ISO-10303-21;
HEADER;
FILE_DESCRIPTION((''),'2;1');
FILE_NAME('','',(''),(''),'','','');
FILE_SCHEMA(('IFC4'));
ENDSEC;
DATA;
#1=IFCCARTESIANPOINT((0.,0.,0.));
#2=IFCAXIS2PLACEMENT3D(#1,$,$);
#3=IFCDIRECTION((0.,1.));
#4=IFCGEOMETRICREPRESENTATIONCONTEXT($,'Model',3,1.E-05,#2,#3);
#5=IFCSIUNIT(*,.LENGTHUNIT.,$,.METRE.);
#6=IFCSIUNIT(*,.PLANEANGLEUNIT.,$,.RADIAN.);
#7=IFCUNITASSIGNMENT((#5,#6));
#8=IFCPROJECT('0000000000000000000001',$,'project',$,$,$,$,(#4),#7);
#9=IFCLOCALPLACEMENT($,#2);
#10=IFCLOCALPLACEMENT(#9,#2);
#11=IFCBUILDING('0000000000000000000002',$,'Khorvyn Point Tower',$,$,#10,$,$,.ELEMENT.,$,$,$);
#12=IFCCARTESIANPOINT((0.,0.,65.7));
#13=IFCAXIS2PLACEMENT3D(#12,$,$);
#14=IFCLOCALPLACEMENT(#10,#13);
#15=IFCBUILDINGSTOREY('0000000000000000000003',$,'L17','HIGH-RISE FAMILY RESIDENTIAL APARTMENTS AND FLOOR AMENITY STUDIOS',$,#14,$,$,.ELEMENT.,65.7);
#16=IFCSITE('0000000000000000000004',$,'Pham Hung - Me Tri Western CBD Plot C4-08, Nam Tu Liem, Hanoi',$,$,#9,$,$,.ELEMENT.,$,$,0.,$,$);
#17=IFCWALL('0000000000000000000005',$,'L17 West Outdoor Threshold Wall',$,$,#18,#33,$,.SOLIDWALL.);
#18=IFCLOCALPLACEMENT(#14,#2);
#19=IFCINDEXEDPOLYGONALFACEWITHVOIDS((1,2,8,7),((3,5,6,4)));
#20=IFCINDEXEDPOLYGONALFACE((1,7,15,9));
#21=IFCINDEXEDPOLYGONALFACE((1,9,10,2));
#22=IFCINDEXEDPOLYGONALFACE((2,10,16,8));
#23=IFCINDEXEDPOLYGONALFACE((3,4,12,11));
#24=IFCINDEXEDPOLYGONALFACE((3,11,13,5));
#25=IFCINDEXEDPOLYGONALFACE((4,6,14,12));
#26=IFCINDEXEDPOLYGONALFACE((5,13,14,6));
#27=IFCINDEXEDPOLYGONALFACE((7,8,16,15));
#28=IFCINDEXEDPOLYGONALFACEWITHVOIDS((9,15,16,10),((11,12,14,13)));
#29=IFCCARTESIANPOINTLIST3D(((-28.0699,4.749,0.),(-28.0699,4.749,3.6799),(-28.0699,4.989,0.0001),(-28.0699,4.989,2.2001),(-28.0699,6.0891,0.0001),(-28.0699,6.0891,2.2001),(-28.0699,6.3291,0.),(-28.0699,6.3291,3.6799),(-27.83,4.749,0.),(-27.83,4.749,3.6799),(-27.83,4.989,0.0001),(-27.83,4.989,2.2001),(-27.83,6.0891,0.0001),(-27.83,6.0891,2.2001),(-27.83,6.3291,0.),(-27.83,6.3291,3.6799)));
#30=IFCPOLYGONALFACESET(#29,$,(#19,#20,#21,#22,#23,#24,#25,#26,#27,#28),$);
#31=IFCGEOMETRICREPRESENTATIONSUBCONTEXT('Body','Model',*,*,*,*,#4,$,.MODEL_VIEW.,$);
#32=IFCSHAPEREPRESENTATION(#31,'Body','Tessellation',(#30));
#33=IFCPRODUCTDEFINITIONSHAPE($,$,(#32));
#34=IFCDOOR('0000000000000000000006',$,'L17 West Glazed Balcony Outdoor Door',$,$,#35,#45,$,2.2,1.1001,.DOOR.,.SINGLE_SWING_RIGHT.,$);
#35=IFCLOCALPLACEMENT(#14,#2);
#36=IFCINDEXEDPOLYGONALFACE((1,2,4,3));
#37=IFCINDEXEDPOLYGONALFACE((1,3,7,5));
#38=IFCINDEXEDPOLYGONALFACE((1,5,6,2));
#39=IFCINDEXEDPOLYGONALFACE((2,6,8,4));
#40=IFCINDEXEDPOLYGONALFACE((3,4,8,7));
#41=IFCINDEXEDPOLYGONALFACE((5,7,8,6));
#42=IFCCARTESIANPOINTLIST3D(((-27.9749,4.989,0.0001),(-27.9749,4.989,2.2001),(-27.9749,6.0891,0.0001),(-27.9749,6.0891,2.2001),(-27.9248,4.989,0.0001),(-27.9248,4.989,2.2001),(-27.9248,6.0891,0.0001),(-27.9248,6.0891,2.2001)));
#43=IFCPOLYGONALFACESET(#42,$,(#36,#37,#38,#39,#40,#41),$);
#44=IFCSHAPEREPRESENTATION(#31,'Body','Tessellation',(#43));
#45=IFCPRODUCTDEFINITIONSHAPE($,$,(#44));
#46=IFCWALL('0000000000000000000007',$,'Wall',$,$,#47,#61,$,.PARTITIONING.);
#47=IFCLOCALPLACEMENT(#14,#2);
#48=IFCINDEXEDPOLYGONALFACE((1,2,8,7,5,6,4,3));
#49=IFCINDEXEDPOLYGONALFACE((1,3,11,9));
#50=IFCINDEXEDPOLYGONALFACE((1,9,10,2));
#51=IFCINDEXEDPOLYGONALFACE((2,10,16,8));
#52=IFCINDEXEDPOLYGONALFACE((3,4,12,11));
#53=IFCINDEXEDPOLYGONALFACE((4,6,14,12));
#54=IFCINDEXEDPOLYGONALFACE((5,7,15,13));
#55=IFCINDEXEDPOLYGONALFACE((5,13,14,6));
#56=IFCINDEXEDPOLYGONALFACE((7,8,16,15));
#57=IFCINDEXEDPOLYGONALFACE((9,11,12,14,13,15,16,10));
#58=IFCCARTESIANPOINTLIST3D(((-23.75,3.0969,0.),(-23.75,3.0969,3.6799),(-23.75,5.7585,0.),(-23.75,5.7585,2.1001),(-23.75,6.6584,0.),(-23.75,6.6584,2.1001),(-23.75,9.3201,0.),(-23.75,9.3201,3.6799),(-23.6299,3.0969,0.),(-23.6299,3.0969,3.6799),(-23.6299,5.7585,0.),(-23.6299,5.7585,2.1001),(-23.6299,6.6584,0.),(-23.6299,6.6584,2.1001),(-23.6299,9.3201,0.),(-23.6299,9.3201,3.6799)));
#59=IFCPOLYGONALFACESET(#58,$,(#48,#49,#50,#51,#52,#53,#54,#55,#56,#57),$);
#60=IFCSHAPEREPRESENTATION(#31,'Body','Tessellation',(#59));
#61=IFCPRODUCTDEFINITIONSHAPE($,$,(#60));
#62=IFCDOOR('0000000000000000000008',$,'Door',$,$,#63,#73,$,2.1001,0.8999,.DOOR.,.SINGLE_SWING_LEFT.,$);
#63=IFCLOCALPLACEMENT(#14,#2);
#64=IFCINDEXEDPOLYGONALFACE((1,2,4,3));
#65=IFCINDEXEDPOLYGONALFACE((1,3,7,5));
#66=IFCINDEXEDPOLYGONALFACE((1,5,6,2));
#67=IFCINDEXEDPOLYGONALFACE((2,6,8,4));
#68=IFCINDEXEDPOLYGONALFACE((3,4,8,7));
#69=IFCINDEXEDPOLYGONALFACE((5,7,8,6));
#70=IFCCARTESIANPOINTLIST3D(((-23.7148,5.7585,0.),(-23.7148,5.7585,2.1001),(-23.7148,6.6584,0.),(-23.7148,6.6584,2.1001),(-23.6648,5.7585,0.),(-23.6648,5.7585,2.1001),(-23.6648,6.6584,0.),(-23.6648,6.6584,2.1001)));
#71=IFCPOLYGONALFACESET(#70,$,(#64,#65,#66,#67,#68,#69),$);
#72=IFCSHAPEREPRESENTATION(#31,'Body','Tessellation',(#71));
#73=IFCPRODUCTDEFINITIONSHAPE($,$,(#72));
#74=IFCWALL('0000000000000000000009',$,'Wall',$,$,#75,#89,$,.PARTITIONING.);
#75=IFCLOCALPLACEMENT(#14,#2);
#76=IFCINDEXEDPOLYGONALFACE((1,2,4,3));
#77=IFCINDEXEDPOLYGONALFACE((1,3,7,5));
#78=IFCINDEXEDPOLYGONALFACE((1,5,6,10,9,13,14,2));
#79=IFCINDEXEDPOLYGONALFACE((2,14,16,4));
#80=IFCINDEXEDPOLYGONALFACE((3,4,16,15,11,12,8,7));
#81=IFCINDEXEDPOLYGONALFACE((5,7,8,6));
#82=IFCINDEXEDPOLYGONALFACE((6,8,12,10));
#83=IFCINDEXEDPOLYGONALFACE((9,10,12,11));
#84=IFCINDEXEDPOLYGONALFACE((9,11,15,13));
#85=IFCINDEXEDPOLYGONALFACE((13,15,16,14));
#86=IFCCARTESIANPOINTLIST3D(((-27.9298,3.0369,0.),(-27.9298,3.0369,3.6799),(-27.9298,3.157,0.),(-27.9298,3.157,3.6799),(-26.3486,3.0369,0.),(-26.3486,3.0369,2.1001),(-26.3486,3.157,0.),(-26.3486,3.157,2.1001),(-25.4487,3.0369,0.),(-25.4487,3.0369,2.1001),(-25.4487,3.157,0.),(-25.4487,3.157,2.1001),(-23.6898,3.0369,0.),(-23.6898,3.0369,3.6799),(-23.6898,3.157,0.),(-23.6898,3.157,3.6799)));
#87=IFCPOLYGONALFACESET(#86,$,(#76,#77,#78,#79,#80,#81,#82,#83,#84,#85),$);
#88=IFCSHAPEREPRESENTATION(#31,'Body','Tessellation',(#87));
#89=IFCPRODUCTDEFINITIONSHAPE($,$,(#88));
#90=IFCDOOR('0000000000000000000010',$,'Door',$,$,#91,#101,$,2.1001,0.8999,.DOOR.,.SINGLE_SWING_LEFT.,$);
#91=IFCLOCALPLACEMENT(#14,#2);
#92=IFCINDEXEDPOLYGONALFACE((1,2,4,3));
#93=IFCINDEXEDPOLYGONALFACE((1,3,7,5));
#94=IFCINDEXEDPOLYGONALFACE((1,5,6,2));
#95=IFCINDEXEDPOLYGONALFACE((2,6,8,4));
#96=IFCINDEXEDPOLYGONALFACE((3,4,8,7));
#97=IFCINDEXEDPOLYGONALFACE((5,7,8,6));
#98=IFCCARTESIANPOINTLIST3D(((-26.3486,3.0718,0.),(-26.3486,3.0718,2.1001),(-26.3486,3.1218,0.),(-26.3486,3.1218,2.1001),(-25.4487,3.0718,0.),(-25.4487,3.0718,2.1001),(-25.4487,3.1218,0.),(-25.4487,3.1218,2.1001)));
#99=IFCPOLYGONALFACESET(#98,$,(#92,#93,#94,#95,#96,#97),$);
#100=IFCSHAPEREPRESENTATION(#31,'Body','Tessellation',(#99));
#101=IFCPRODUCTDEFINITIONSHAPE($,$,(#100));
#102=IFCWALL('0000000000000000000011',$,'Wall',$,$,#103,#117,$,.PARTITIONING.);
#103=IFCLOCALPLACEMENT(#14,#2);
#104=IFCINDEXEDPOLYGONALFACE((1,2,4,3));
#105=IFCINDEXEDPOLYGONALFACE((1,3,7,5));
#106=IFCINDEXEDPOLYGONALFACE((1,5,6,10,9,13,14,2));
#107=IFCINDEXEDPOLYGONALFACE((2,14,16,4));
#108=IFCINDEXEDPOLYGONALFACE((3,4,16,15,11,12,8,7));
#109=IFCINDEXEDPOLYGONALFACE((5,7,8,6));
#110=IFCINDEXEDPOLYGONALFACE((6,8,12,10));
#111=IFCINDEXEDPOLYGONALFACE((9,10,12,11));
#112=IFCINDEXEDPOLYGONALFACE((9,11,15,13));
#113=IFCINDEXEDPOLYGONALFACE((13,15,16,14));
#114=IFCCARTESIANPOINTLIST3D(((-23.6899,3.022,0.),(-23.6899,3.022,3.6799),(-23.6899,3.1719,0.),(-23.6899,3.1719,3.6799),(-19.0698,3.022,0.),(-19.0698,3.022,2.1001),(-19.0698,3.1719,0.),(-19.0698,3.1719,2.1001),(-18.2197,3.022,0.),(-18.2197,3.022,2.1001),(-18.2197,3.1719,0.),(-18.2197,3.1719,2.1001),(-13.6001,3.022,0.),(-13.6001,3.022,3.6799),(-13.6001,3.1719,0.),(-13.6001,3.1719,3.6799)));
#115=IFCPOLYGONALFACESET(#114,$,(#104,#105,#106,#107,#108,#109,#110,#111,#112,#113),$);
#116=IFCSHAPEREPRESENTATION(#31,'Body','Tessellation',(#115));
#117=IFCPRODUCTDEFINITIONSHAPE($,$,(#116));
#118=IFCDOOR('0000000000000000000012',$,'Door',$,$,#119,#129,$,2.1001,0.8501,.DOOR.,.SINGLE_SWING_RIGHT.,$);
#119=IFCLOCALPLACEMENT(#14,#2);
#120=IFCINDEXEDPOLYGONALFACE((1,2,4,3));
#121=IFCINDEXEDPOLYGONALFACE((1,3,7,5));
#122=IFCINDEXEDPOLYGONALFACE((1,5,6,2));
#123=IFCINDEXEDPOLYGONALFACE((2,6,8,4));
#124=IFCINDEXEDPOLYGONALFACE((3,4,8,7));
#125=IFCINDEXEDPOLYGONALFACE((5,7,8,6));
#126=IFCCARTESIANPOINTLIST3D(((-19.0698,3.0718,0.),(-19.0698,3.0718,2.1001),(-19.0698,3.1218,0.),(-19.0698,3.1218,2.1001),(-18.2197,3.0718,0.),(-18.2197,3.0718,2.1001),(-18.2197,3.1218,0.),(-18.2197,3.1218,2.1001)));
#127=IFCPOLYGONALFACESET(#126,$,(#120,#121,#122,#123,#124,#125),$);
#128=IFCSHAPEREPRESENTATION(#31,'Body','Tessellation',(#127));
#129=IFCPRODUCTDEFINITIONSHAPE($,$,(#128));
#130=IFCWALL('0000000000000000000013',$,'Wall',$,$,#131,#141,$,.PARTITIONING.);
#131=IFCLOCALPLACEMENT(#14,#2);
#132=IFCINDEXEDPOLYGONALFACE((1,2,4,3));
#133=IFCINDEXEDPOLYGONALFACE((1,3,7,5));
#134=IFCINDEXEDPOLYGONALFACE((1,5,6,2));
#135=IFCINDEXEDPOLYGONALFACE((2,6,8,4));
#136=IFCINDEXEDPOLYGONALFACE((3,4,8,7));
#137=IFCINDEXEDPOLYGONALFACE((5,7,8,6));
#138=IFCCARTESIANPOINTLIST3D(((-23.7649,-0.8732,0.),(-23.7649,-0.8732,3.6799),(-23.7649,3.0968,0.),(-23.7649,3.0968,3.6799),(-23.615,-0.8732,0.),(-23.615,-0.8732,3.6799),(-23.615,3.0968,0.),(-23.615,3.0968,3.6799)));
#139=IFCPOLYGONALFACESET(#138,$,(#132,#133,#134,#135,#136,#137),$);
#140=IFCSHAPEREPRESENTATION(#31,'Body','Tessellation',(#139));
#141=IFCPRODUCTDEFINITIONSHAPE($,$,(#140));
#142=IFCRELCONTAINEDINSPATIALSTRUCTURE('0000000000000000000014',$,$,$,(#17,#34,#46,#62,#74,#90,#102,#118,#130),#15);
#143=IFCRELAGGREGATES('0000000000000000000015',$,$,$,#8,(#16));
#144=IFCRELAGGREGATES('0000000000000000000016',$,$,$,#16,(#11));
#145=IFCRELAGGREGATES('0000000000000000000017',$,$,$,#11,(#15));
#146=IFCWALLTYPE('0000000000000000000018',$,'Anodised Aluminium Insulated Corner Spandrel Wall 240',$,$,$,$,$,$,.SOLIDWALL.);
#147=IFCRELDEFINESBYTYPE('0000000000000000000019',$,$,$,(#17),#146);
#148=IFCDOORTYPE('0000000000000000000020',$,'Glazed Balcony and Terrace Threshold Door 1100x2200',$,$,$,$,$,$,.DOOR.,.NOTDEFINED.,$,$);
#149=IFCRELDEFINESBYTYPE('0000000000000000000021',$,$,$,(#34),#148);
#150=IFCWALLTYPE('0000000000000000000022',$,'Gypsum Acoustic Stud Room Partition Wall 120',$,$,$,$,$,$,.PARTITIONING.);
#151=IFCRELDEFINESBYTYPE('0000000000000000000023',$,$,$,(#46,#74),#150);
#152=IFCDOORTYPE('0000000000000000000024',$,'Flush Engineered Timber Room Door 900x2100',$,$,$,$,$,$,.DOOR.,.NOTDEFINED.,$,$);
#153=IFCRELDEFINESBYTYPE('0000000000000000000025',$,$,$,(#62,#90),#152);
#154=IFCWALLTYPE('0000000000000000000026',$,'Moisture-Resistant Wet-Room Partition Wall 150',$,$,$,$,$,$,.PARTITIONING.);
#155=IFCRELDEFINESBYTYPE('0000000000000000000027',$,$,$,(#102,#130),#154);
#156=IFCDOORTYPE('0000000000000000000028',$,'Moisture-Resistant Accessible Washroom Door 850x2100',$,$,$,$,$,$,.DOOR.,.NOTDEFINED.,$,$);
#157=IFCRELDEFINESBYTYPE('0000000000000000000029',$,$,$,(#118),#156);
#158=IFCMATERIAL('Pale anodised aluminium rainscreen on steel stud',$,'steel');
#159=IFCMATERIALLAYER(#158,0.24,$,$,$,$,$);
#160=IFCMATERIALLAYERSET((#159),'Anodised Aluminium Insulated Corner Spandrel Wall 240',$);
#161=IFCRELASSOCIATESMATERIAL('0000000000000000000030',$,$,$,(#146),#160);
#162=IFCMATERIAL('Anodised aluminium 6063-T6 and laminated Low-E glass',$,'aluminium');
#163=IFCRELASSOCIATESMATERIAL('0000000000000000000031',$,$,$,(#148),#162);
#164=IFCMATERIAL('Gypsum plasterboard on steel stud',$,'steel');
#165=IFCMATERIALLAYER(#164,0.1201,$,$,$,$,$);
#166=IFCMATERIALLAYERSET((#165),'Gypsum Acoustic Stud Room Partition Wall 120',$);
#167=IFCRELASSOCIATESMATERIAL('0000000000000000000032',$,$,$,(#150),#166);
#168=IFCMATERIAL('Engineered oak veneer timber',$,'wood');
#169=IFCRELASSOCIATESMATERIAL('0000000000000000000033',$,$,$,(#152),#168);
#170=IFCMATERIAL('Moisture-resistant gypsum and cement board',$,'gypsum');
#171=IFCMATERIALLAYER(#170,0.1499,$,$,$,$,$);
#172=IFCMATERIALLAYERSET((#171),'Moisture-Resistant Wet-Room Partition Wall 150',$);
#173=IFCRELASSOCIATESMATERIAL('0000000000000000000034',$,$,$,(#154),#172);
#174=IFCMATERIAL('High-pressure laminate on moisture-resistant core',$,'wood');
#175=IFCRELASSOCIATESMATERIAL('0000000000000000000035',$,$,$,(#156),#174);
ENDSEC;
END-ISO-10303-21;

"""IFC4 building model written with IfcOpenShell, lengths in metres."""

from ifc_helpers import new_model, si_unit, direction, frame, frame_2d, origin, place, context, subcontext, project, spatial, rectangle, extrude, material, layer, layer_set, type_object, element, fill, save


model = new_model("IFC4")

# Units and contexts
model_context = context("Model", 3, precision=1e-05, world=origin(), true_north=direction((0.0, 1.0)))
body_context = subcontext(model_context, "Body", "Model", "MODEL_VIEW")
ifc_project = project(units=[si_unit("LENGTHUNIT", "METRE"), si_unit("PLANEANGLEUNIT", "RADIAN")], contexts=[model_context])

# Site, building, storey
site_placement = place(None, origin())
site = spatial("IfcSite", under=ifc_project, at=site_placement, Name="Pham Hung - Me Tri Western CBD Plot C4-08, Nam Tu Liem, Hanoi", CompositionType="ELEMENT", RefElevation=0.0)
building_placement = place(site_placement, origin())
building = spatial("IfcBuilding", under=site, at=building_placement, Name="Khorvyn Point Tower", CompositionType="ELEMENT")
storey_placement = place(building_placement, frame((0.0, 0.0, 65.7)))
storey = spatial("IfcBuildingStorey", under=building, at=storey_placement, Name="L17", Description="HIGH-RISE FAMILY RESIDENTIAL APARTMENTS AND FLOOR AMENITY STUDIOS", CompositionType="ELEMENT", Elevation=65.7)

# Shared definitions
ifc_material_1 = material(Name="Anodised aluminium 6063-T6 and laminated Low-E glass", Category="aluminium")

# Walls, openings, doors
ifc_material_2 = material(Name="Pale anodised aluminium rainscreen on steel stud", Category="steel")
ifc_layer_1 = layer(ifc_material_2, 0.24)
ifc_layer_set_1 = layer_set([ifc_layer_1], Name="Anodised Aluminium Insulated Corner Spandrel Wall 240")
wall_type_1 = type_object("IfcWallType", Name="Anodised Aluminium Insulated Corner Spandrel Wall 240", PredefinedType="SOLIDWALL", material=ifc_layer_set_1)
wall_1_placement = place(storey_placement, frame((-27.95, 4.749, 0.0), z_axis=(0.0, 0.0, 1.0), x_axis=(0.0, 1.0, 0.0)))
wall_1 = element("IfcWall", 1, at=wall_1_placement, inside=storey, type_object=wall_type_1, Name="L17 West Outdoor Threshold Wall", PredefinedType="SOLIDWALL", context=body_context, shape_type="SweptSolid", body=[
    extrude(rectangle(XDim=1.5801, YDim=0.24, at=frame_2d((0.79, 0.0))), origin(), (0.0, 0.0, 1.0), 3.6799),
])
opening_1_placement = place(wall_1_placement, frame((0.24, 0.0, 0.0)))
opening_1 = element("IfcOpeningElement", 2, at=opening_1_placement, cuts=wall_1, PredefinedType="OPENING", context=body_context, shape_type="SweptSolid", body=[
    extrude(rectangle(XDim=1.1001, YDim=2.2, at=frame_2d((0.55, 1.1001))), frame((0.0, 0.1299, 0.0), z_axis=(0.0, -1.0, 0.0), x_axis=(1.0, 0.0, 0.0)), (0.0, 0.0, 1.0), 0.26),
])
door_type_1 = type_object("IfcDoorType", Name="Glazed Balcony and Terrace Threshold Door 1100x2200", OperationType="NOTDEFINED", PredefinedType="DOOR", material=ifc_material_1)
door_1_placement = place(opening_1_placement, origin())
door_1 = element("IfcDoor", 3, at=door_1_placement, inside=storey, type_object=door_type_1, Name="L17 West Glazed Balcony Outdoor Door", OperationType="SINGLE_SWING_RIGHT", OverallHeight=2.2, OverallWidth=1.1001, PredefinedType="DOOR", context=body_context, shape_type="SweptSolid", body=[
    extrude(rectangle(XDim=1.1001, YDim=2.2, at=frame_2d((0.55, 1.1001))), frame((0.0, 0.0249, 0.0), z_axis=(0.0, -1.0, 0.0), x_axis=(1.0, 0.0, 0.0)), (0.0, 0.0, 1.0), 0.05),
])
fill(opening_1, door_1)
ifc_material_3 = material(Name="Gypsum plasterboard on steel stud", Category="steel")
ifc_layer_2 = layer(ifc_material_3, 0.1201)
ifc_layer_set_2 = layer_set([ifc_layer_2], Name="Gypsum Acoustic Stud Room Partition Wall 120")
wall_type_2 = type_object("IfcWallType", Name="Gypsum Acoustic Stud Room Partition Wall 120", PredefinedType="PARTITIONING", material=ifc_layer_set_2)
wall_2_placement = place(storey_placement, frame((-23.6899, 3.0969, 0.0), z_axis=(0.0, 0.0, 1.0), x_axis=(0.0, 1.0, 0.0)))
wall_2 = element("IfcWall", 4, at=wall_2_placement, inside=storey, type_object=wall_type_2, Name="Wall", PredefinedType="PARTITIONING", context=body_context, shape_type="SweptSolid", body=[
    extrude(rectangle(XDim=6.2231, YDim=0.1201, at=frame_2d((3.1116, 0.0))), origin(), (0.0, 0.0, 1.0), 3.6799),
])
opening_2_placement = place(wall_2_placement, frame((2.6616, 0.0, 0.0)))
opening_2 = element("IfcOpeningElement", 5, at=opening_2_placement, cuts=wall_2, PredefinedType="OPENING", context=body_context, shape_type="SweptSolid", body=[
    extrude(rectangle(XDim=0.8999, YDim=2.1001, at=frame_2d((0.45, 1.05))), frame((0.0, 0.0701, 0.0), z_axis=(0.0, -1.0, 0.0), x_axis=(1.0, 0.0, 0.0)), (0.0, 0.0, 1.0), 0.1401),
])
ifc_material_4 = material(Name="Engineered oak veneer timber", Category="wood")
door_type_2 = type_object("IfcDoorType", Name="Flush Engineered Timber Room Door 900x2100", OperationType="NOTDEFINED", PredefinedType="DOOR", material=ifc_material_4)
door_2_placement = place(opening_2_placement, origin())
door_2 = element("IfcDoor", 6, at=door_2_placement, inside=storey, type_object=door_type_2, Name="Door", OperationType="SINGLE_SWING_LEFT", OverallHeight=2.1001, OverallWidth=0.8999, PredefinedType="DOOR", context=body_context, shape_type="SweptSolid", body=[
    extrude(rectangle(XDim=0.8999, YDim=2.1001, at=frame_2d((0.45, 1.05))), frame((0.0, 0.0249, 0.0), z_axis=(0.0, -1.0, 0.0), x_axis=(1.0, 0.0, 0.0)), (0.0, 0.0, 1.0), 0.05),
])
fill(opening_2, door_2)
wall_3_placement = place(storey_placement, frame((-27.9299, 3.0969, 0.0), z_axis=(0.0, 0.0, 1.0), x_axis=(1.0, 0.0, 0.0)))
wall_3 = element("IfcWall", 7, at=wall_3_placement, inside=storey, type_object=wall_type_2, Name="Wall", PredefinedType="PARTITIONING", context=body_context, shape_type="SweptSolid", body=[
    extrude(rectangle(XDim=4.24, YDim=0.1201, at=frame_2d((2.1201, 0.0))), origin(), (0.0, 0.0, 1.0), 3.6799),
])
opening_3_placement = place(wall_3_placement, frame((1.5813, 0.0, 0.0)))
opening_3 = element("IfcOpeningElement", 8, at=opening_3_placement, cuts=wall_3, PredefinedType="OPENING", context=body_context, shape_type="SweptSolid", body=[
    extrude(rectangle(XDim=0.8999, YDim=2.1001, at=frame_2d((0.45, 1.05))), frame((0.0, 0.0701, 0.0), z_axis=(0.0, -1.0, 0.0), x_axis=(1.0, 0.0, 0.0)), (0.0, 0.0, 1.0), 0.1401),
])
door_3_placement = place(opening_3_placement, origin())
door_3 = element("IfcDoor", 9, at=door_3_placement, inside=storey, type_object=door_type_2, Name="Door", OperationType="SINGLE_SWING_LEFT", OverallHeight=2.1001, OverallWidth=0.8999, PredefinedType="DOOR", context=body_context, shape_type="SweptSolid", body=[
    extrude(rectangle(XDim=0.8999, YDim=2.1001, at=frame_2d((0.45, 1.05))), frame((0.0, 0.0249, 0.0), z_axis=(0.0, -1.0, 0.0), x_axis=(1.0, 0.0, 0.0)), (0.0, 0.0, 1.0), 0.05),
])
fill(opening_3, door_3)
ifc_material_5 = material(Name="Moisture-resistant gypsum and cement board", Category="gypsum")
ifc_layer_3 = layer(ifc_material_5, 0.1499)
ifc_layer_set_3 = layer_set([ifc_layer_3], Name="Moisture-Resistant Wet-Room Partition Wall 150")
wall_type_3 = type_object("IfcWallType", Name="Moisture-Resistant Wet-Room Partition Wall 150", PredefinedType="PARTITIONING", material=ifc_layer_set_3)
wall_4_placement = place(storey_placement, frame((-23.6899, 3.0969, 0.0), z_axis=(0.0, 0.0, 1.0), x_axis=(1.0, 0.0, 0.0)))
wall_4 = element("IfcWall", 10, at=wall_4_placement, inside=storey, type_object=wall_type_3, Name="Wall", PredefinedType="PARTITIONING", context=body_context, shape_type="SweptSolid", body=[
    extrude(rectangle(XDim=10.0898, YDim=0.1499, at=frame_2d((5.0449, 0.0))), origin(), (0.0, 0.0, 1.0), 3.6799),
])
opening_4_placement = place(wall_4_placement, frame((4.6201, 0.0, 0.0)))
opening_4 = element("IfcOpeningElement", 11, at=opening_4_placement, cuts=wall_4, PredefinedType="OPENING", context=body_context, shape_type="SweptSolid", body=[
    extrude(rectangle(XDim=0.8501, YDim=2.1001, at=frame_2d((0.425, 1.05))), frame((0.0, 0.085, 0.0), z_axis=(0.0, -1.0, 0.0), x_axis=(1.0, 0.0, 0.0)), (0.0, 0.0, 1.0), 0.1699),
])
ifc_material_6 = material(Name="High-pressure laminate on moisture-resistant core", Category="wood")
door_type_3 = type_object("IfcDoorType", Name="Moisture-Resistant Accessible Washroom Door 850x2100", OperationType="NOTDEFINED", PredefinedType="DOOR", material=ifc_material_6)
door_4_placement = place(opening_4_placement, origin())
door_4 = element("IfcDoor", 12, at=door_4_placement, inside=storey, type_object=door_type_3, Name="Door", OperationType="SINGLE_SWING_RIGHT", OverallHeight=2.1001, OverallWidth=0.8501, PredefinedType="DOOR", context=body_context, shape_type="SweptSolid", body=[
    extrude(rectangle(XDim=0.8501, YDim=2.1001, at=frame_2d((0.425, 1.05))), frame((0.0, 0.0249, 0.0), z_axis=(0.0, -1.0, 0.0), x_axis=(1.0, 0.0, 0.0)), (0.0, 0.0, 1.0), 0.05),
])
fill(opening_4, door_4)

# Wall
wall_5_placement = place(storey_placement, frame((-23.6899, -0.873, 0.0), z_axis=(0.0, 0.0, 1.0), x_axis=(0.0, 1.0, 0.0)))
element("IfcWall", 13, at=wall_5_placement, inside=storey, type_object=wall_type_3, Name="Wall", PredefinedType="PARTITIONING", context=body_context, shape_type="SweptSolid", body=[
    extrude(rectangle(XDim=3.97, YDim=0.1499, at=frame_2d((1.9849, 0.0))), origin(), (0.0, 0.0, 1.0), 3.6799),
])

save(model, "model.ifc")
